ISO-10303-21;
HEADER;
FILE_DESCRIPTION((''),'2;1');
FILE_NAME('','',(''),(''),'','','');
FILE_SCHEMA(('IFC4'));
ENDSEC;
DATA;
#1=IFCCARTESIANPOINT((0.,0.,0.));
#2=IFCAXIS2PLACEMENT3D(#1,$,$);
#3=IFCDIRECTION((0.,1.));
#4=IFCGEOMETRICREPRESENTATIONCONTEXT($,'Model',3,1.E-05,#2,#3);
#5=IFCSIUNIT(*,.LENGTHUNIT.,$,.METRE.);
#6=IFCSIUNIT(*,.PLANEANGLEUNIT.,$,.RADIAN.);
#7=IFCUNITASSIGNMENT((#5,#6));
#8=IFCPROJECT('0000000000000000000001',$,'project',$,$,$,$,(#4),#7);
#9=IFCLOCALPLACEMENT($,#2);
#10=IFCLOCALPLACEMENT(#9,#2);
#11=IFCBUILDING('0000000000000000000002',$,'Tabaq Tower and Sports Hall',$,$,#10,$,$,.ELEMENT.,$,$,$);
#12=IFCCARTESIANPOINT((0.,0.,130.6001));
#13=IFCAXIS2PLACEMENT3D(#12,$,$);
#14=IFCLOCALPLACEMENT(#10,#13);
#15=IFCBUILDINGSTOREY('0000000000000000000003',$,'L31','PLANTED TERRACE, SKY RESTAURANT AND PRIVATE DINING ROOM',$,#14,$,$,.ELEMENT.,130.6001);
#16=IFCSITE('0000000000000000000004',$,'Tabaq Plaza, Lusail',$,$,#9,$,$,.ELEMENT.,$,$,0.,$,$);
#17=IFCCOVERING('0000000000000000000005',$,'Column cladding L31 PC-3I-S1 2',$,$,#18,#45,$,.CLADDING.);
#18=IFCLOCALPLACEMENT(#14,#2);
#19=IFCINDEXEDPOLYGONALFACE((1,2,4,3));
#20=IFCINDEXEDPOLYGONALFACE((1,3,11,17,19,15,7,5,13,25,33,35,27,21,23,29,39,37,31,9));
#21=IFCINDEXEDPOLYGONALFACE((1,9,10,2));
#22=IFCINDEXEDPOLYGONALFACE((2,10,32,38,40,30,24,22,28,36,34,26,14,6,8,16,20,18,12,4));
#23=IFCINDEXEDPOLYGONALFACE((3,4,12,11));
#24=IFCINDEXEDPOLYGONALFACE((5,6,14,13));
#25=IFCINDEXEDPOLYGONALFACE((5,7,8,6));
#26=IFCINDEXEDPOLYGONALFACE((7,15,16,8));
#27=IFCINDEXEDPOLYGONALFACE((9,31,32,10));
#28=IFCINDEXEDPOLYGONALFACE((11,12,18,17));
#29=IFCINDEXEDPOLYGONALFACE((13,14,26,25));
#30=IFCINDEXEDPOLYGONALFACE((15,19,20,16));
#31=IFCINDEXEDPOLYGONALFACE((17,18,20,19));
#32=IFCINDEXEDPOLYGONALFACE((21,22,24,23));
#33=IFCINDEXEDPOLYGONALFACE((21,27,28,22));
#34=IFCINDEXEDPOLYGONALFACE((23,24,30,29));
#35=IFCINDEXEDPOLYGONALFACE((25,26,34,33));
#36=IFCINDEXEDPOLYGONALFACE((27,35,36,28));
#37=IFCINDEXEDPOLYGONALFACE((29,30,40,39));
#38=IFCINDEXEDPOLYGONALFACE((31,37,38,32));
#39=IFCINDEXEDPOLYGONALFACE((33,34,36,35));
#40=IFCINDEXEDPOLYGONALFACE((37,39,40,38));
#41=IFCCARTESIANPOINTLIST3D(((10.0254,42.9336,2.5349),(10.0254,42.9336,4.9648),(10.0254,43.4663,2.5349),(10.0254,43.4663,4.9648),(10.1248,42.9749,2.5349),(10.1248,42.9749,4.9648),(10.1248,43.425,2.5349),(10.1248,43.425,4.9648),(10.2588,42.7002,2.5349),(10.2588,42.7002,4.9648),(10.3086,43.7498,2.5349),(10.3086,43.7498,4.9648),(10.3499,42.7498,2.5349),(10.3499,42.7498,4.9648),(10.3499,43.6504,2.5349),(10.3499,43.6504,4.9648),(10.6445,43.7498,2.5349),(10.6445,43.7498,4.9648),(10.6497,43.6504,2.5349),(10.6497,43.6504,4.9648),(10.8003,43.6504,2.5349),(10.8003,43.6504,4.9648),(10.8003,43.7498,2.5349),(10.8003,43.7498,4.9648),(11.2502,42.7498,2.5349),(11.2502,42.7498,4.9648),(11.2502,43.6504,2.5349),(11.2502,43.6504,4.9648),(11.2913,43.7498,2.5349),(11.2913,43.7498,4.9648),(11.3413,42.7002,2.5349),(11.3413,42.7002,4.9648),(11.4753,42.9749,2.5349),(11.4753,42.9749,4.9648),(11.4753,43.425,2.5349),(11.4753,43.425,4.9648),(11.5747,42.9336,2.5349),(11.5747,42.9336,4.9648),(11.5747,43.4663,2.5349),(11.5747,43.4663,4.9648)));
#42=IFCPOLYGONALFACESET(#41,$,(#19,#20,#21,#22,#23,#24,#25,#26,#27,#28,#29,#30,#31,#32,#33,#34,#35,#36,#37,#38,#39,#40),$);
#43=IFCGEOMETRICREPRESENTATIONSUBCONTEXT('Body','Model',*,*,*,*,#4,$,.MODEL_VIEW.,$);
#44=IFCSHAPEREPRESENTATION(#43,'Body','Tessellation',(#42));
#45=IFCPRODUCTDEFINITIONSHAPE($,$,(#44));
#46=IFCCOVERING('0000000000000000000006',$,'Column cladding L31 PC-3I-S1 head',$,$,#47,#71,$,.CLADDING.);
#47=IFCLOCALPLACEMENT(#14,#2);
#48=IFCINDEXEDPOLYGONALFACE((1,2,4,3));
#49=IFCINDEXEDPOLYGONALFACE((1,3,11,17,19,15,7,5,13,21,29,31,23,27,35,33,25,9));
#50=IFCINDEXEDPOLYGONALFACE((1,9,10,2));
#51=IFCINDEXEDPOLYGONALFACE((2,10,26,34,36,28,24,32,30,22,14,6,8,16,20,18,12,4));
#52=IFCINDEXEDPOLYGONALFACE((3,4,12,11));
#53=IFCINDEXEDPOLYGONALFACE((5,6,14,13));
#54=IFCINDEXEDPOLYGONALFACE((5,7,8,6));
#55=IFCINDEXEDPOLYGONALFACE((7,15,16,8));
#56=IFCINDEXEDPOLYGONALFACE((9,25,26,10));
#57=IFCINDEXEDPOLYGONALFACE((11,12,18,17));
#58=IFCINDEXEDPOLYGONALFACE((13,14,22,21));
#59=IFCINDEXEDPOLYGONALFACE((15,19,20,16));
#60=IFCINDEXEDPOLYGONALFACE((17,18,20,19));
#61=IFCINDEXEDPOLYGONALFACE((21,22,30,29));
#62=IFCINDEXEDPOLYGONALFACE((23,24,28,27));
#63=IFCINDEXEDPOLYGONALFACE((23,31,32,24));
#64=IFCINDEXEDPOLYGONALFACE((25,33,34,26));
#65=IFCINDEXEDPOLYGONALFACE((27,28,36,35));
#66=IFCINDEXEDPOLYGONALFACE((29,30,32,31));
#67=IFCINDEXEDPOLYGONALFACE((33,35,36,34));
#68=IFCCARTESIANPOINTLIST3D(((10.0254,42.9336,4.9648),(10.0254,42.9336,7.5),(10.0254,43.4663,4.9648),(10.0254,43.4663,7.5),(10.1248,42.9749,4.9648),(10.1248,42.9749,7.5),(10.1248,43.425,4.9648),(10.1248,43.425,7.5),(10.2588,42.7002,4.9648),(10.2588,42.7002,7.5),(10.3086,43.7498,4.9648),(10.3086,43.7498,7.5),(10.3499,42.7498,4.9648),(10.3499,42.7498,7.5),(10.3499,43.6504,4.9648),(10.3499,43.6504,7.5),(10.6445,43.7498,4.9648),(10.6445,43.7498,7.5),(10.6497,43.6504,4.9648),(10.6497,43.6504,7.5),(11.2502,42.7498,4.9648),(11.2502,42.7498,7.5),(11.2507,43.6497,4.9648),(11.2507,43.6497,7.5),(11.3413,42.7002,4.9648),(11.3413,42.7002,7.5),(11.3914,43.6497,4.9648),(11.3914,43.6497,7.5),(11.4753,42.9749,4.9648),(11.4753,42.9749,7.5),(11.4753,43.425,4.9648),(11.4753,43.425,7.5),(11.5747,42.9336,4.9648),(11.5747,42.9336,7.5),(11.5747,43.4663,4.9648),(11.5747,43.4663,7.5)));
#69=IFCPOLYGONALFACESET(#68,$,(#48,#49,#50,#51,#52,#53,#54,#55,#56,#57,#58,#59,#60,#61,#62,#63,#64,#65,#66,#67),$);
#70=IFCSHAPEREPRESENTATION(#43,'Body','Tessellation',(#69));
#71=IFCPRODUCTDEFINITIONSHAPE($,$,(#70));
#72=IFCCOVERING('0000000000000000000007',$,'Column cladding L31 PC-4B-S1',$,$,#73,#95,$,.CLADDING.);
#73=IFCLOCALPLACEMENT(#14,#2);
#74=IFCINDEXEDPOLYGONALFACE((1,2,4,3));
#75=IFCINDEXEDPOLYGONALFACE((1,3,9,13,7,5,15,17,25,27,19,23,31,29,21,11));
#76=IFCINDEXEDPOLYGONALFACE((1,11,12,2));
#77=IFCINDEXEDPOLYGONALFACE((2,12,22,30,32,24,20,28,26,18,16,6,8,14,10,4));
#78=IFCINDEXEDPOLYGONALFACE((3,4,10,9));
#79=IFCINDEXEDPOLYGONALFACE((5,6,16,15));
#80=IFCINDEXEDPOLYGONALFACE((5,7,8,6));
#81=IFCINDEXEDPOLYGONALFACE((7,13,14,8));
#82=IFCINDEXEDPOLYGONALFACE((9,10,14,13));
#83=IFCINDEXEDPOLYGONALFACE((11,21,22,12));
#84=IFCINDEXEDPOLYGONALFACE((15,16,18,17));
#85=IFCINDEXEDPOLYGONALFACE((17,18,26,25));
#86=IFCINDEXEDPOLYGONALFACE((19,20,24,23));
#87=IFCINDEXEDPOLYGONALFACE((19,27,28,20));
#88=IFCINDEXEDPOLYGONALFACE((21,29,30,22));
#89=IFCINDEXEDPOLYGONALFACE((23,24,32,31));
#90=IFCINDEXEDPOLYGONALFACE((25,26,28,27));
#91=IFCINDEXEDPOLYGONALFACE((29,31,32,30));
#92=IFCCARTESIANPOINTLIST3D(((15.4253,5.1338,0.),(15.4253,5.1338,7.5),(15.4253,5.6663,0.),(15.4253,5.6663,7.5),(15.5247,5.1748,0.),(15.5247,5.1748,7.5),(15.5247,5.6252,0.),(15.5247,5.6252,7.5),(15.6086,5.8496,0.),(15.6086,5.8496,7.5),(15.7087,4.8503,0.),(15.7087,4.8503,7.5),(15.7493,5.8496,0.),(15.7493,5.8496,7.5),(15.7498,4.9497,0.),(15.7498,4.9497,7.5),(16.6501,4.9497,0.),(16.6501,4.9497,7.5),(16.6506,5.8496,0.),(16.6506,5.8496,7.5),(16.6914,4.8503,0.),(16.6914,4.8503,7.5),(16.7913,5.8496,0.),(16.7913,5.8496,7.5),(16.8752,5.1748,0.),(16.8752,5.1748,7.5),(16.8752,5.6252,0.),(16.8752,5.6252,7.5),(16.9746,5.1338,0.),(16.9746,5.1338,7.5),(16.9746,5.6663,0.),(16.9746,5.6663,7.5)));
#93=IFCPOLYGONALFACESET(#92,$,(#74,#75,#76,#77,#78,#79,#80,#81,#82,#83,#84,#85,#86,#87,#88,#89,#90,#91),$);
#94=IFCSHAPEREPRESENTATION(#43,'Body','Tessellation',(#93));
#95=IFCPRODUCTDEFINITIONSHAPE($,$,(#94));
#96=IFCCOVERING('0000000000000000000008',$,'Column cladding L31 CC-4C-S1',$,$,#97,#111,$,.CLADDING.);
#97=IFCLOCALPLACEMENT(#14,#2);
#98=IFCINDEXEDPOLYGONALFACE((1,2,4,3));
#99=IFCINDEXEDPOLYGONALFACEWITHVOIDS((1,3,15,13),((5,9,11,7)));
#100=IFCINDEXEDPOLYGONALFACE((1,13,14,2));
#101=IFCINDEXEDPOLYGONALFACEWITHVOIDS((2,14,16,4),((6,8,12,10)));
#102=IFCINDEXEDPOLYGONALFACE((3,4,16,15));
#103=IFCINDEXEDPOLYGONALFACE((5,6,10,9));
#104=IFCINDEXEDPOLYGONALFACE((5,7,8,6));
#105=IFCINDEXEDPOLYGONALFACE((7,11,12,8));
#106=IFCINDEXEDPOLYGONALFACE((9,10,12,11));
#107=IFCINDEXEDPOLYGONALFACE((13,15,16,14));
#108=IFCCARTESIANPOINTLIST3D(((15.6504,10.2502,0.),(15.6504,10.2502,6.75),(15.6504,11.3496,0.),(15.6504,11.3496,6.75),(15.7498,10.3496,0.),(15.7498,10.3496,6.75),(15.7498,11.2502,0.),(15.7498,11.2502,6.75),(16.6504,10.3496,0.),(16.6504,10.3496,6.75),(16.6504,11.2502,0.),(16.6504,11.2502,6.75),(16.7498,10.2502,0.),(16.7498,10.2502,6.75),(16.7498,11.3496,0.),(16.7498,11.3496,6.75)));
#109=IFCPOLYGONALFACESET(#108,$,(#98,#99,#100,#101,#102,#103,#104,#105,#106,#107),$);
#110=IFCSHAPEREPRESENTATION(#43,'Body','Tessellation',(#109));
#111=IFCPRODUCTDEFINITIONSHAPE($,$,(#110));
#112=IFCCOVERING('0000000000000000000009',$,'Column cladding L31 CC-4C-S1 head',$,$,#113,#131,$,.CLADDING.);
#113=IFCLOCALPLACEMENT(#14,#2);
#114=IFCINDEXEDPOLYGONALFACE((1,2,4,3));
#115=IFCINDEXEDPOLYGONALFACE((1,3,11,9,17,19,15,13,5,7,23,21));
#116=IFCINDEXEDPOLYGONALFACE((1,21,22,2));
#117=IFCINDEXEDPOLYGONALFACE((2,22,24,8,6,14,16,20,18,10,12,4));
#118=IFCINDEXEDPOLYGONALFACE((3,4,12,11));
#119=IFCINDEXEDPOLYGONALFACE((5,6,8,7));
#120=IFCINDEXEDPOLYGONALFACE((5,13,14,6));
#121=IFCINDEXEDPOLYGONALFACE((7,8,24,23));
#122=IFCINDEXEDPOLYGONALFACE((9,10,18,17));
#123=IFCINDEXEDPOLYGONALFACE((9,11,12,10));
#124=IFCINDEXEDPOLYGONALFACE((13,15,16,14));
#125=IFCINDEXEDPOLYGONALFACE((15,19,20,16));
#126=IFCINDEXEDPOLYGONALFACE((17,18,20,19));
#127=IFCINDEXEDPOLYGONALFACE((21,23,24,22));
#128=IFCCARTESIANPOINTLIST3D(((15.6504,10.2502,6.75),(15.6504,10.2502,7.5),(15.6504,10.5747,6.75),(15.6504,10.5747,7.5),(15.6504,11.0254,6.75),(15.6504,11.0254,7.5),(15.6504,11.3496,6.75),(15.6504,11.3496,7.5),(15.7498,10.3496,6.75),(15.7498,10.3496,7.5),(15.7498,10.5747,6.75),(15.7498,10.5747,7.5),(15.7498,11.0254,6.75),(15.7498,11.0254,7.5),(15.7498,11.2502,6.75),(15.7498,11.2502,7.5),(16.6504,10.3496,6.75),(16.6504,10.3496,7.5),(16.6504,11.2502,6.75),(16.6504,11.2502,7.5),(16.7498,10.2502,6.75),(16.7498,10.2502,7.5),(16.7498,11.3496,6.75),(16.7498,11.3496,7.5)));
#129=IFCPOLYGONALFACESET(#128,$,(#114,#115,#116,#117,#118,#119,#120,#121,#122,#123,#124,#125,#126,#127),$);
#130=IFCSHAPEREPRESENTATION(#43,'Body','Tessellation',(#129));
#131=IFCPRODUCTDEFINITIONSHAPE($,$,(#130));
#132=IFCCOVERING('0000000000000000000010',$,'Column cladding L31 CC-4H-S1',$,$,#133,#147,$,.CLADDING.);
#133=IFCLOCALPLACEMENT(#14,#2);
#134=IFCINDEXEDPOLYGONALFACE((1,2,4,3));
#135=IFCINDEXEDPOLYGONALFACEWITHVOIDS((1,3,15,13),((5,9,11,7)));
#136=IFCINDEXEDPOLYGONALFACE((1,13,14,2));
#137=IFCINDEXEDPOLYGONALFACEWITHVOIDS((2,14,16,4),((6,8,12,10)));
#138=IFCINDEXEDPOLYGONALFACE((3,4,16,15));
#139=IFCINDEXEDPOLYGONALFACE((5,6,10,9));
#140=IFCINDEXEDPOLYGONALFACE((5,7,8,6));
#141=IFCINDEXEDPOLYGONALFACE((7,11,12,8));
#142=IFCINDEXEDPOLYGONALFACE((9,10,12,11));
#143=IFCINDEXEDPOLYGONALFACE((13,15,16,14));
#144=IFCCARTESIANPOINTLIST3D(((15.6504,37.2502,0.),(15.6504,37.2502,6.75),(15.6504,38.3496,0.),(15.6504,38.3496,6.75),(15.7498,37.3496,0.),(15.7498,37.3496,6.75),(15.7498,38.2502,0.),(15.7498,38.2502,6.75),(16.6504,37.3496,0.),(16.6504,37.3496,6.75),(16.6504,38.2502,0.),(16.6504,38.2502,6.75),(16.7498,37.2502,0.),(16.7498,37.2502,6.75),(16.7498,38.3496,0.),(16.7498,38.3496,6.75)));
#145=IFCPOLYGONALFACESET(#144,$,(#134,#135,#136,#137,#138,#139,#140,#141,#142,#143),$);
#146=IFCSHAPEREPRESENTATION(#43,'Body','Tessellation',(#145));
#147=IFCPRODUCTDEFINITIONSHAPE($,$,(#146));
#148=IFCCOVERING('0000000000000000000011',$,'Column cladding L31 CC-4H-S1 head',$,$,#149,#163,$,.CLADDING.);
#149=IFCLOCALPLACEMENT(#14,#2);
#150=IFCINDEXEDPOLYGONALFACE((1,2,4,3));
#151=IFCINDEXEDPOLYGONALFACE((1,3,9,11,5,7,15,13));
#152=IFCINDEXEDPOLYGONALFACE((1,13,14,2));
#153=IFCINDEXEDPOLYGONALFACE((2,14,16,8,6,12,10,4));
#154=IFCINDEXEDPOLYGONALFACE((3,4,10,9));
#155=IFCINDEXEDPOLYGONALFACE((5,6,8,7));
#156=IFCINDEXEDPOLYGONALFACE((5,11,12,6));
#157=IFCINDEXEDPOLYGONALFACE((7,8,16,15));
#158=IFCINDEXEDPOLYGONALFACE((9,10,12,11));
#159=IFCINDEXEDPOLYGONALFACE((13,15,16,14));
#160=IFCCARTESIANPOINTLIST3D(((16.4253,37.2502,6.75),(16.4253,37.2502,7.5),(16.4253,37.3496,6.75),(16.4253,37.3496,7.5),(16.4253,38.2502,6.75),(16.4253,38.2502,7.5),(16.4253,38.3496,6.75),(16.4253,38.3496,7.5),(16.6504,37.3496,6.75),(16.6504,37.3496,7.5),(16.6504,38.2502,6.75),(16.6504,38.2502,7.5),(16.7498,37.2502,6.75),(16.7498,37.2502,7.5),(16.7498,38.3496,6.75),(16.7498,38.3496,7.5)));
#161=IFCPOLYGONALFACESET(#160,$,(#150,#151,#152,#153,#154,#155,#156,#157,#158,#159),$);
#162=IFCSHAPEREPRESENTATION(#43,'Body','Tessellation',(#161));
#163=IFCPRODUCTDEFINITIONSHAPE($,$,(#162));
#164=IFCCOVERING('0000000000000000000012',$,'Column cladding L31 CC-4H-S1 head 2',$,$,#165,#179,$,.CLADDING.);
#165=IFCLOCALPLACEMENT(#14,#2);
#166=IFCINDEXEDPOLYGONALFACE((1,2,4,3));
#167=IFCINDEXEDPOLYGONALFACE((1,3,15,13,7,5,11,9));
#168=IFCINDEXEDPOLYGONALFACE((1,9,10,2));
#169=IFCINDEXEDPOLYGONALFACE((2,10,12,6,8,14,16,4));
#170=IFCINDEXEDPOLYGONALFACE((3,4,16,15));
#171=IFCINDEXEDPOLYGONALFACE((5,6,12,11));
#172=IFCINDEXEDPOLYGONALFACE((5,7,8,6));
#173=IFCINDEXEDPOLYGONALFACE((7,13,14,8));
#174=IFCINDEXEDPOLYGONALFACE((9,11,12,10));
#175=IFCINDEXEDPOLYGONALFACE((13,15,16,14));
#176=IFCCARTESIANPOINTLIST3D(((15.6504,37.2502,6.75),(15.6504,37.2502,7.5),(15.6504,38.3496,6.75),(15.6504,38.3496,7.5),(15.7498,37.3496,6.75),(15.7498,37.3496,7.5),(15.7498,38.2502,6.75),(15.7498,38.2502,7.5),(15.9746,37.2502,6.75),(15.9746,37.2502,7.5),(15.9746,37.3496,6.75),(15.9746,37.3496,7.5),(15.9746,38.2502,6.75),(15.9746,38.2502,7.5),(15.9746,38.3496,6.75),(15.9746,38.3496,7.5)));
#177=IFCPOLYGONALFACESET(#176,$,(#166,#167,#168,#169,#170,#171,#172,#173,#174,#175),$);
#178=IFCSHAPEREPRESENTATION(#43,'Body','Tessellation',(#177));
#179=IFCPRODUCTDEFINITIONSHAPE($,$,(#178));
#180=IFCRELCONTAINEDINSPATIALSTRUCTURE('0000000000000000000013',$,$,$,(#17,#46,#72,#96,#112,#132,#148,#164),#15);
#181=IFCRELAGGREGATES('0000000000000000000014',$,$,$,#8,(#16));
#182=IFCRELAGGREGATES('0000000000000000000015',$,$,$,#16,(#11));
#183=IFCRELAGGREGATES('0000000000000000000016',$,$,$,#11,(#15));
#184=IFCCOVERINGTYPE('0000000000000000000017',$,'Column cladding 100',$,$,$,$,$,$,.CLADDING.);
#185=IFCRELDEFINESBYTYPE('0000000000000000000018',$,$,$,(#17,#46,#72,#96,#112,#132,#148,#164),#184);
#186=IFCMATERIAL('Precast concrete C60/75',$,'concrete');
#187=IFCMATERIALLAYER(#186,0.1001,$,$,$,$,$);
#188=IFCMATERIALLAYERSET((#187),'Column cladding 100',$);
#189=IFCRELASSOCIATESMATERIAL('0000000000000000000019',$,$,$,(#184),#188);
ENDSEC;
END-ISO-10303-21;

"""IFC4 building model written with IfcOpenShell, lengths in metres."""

from ifc_helpers import new_model, si_unit, direction, frame, origin, place, context, subcontext, project, spatial, polyline, outline, extrude, material, layer, layer_set, type_object, element, save


model = new_model("IFC4")

# Units and contexts
model_context = context("Model", 3, precision=1e-05, world=origin(), true_north=direction((0.0, 1.0)))
body_context = subcontext(model_context, "Body", "Model", "MODEL_VIEW")
ifc_project = project(units=[si_unit("LENGTHUNIT", "METRE"), si_unit("PLANEANGLEUNIT", "RADIAN")], contexts=[model_context])

# Site, building, storey
site_placement = place(None, origin())
site = spatial("IfcSite", under=ifc_project, at=site_placement, Name="Tabaq Plaza, Lusail", CompositionType="ELEMENT", RefElevation=0.0)
building_placement = place(site_placement, origin())
building = spatial("IfcBuilding", under=site, at=building_placement, Name="Tabaq Tower and Sports Hall", CompositionType="ELEMENT")
storey_placement = place(building_placement, frame((0.0, 0.0, 130.6001)))
storey = spatial("IfcBuildingStorey", under=building, at=storey_placement, Name="L31", Description="PLANTED TERRACE, SKY RESTAURANT AND PRIVATE DINING ROOM", CompositionType="ELEMENT", Elevation=130.6001)

# Coverings
ifc_material_1 = material(Name="Precast concrete C60/75", Category="concrete")
ifc_layer_1 = layer(ifc_material_1, 0.1001)
ifc_layer_set_1 = layer_set([ifc_layer_1], Name="Column cladding 100")
covering_type = type_object("IfcCoveringType", Name="Column cladding 100", PredefinedType="CLADDING", material=ifc_layer_set_1)
covering_1_placement = place(storey_placement, frame((0.0, 0.0, 2.5349)))
element("IfcCovering", 1, at=covering_1_placement, inside=storey, type_object=covering_type, Name="Column cladding L31 PC-3I-S1 2", PredefinedType="CLADDING", context=body_context, shape_type="SweptSolid", body=[
    extrude(outline(polyline([(10.0254, 43.4663), (10.3086, 43.7498), (10.6445, 43.7498), (10.6497, 43.6504), (10.3499, 43.6504), (10.1248, 43.425), (10.1248, 42.9749), (10.3499, 42.7498), (11.2502, 42.7498), (11.4753, 42.9749), (11.4753, 43.425), (11.2502, 43.6504), (10.8003, 43.6504), (10.8003, 43.7498), (11.2913, 43.7498), (11.5747, 43.4663), (11.5747, 42.9336), (11.3413, 42.7002), (10.2588, 42.7002), (10.0254, 42.9336), (10.0254, 43.4663)])), origin(), (0.0, 0.0, 1.0), 2.4299),
])
covering_2_placement = place(storey_placement, frame((0.0, 0.0, 4.9648)))
element("IfcCovering", 2, at=covering_2_placement, inside=storey, type_object=covering_type, Name="Column cladding L31 PC-3I-S1 head", PredefinedType="CLADDING", context=body_context, shape_type="SweptSolid", body=[
    extrude(outline(polyline([(10.3086, 43.7498), (10.6445, 43.7498), (10.6497, 43.6504), (10.3499, 43.6504), (10.1248, 43.425), (10.1248, 42.9749), (10.3499, 42.7498), (11.2502, 42.7498), (11.4753, 42.9749), (11.4753, 43.425), (11.2507, 43.6497), (11.3914, 43.6497), (11.5747, 43.4663), (11.5747, 42.9336), (11.3413, 42.7002), (10.2588, 42.7002), (10.0254, 42.9336), (10.0254, 43.4663), (10.3086, 43.7498)])), origin(), (0.0, 0.0, 1.0), 2.5352),
])
covering_3_placement = place(storey_placement, origin())
element("IfcCovering", 3, at=covering_3_placement, inside=storey, type_object=covering_type, Name="Column cladding L31 PC-4B-S1", PredefinedType="CLADDING", context=body_context, shape_type="SweptSolid", body=[
    extrude(outline(polyline([(15.4253, 5.6663), (15.6086, 5.8496), (15.7493, 5.8496), (15.5247, 5.6252), (15.5247, 5.1748), (15.7498, 4.9497), (16.6501, 4.9497), (16.8752, 5.1748), (16.8752, 5.6252), (16.6506, 5.8496), (16.7913, 5.8496), (16.9746, 5.6663), (16.9746, 5.1338), (16.6914, 4.8503), (15.7087, 4.8503), (15.4253, 5.1338), (15.4253, 5.6663)])), origin(), (0.0, 0.0, 1.0), 7.5),
])
covering_4_placement = place(storey_placement, origin())
element("IfcCovering", 4, at=covering_4_placement, inside=storey, type_object=covering_type, Name="Column cladding L31 CC-4C-S1", PredefinedType="CLADDING", context=body_context, shape_type="SweptSolid", body=[
    extrude(outline(polyline([(15.6504, 11.3496), (16.7498, 11.3496), (16.7498, 10.2502), (15.6504, 10.2502), (15.6504, 11.3496)]), holes=[polyline([(16.6504, 10.3496), (16.6504, 11.2502), (15.7498, 11.2502), (15.7498, 10.3496), (16.6504, 10.3496)])]), origin(), (0.0, 0.0, 1.0), 6.75),
])
covering_5_placement = place(storey_placement, frame((0.0, 0.0, 6.75)))
element("IfcCovering", 5, at=covering_5_placement, inside=storey, type_object=covering_type, Name="Column cladding L31 CC-4C-S1 head", PredefinedType="CLADDING", context=body_context, shape_type="SweptSolid", body=[
    extrude(outline(polyline([(16.7498, 11.3496), (16.7498, 10.2502), (15.6504, 10.2502), (15.6504, 10.5747), (15.7498, 10.5747), (15.7498, 10.3496), (16.6504, 10.3496), (16.6504, 11.2502), (15.7498, 11.2502), (15.7498, 11.0254), (15.6504, 11.0254), (15.6504, 11.3496), (16.7498, 11.3496)])), origin(), (0.0, 0.0, 1.0), 0.75),
])
covering_6_placement = place(storey_placement, origin())
element("IfcCovering", 6, at=covering_6_placement, inside=storey, type_object=covering_type, Name="Column cladding L31 CC-4H-S1", PredefinedType="CLADDING", context=body_context, shape_type="SweptSolid", body=[
    extrude(outline(polyline([(15.6504, 38.3496), (16.7498, 38.3496), (16.7498, 37.2502), (15.6504, 37.2502), (15.6504, 38.3496)]), holes=[polyline([(16.6504, 37.3496), (16.6504, 38.2502), (15.7498, 38.2502), (15.7498, 37.3496), (16.6504, 37.3496)])]), origin(), (0.0, 0.0, 1.0), 6.75),
])
covering_7_placement = place(storey_placement, frame((0.0, 0.0, 6.75)))
element("IfcCovering", 7, at=covering_7_placement, inside=storey, type_object=covering_type, Name="Column cladding L31 CC-4H-S1 head", PredefinedType="CLADDING", context=body_context, shape_type="SweptSolid", body=[
    extrude(outline(polyline([(16.7498, 38.3496), (16.7498, 37.2502), (16.4253, 37.2502), (16.4253, 37.3496), (16.6504, 37.3496), (16.6504, 38.2502), (16.4253, 38.2502), (16.4253, 38.3496), (16.7498, 38.3496)])), origin(), (0.0, 0.0, 1.0), 0.75),
])
covering_8_placement = place(storey_placement, frame((0.0, 0.0, 6.75)))
element("IfcCovering", 8, at=covering_8_placement, inside=storey, type_object=covering_type, Name="Column cladding L31 CC-4H-S1 head 2", PredefinedType="CLADDING", context=body_context, shape_type="SweptSolid", body=[
    extrude(outline(polyline([(15.9746, 38.3496), (15.9746, 38.2502), (15.7498, 38.2502), (15.7498, 37.3496), (15.9746, 37.3496), (15.9746, 37.2502), (15.6504, 37.2502), (15.6504, 38.3496), (15.9746, 38.3496)])), origin(), (0.0, 0.0, 1.0), 0.75),
])

save(model, "model.ifc")
